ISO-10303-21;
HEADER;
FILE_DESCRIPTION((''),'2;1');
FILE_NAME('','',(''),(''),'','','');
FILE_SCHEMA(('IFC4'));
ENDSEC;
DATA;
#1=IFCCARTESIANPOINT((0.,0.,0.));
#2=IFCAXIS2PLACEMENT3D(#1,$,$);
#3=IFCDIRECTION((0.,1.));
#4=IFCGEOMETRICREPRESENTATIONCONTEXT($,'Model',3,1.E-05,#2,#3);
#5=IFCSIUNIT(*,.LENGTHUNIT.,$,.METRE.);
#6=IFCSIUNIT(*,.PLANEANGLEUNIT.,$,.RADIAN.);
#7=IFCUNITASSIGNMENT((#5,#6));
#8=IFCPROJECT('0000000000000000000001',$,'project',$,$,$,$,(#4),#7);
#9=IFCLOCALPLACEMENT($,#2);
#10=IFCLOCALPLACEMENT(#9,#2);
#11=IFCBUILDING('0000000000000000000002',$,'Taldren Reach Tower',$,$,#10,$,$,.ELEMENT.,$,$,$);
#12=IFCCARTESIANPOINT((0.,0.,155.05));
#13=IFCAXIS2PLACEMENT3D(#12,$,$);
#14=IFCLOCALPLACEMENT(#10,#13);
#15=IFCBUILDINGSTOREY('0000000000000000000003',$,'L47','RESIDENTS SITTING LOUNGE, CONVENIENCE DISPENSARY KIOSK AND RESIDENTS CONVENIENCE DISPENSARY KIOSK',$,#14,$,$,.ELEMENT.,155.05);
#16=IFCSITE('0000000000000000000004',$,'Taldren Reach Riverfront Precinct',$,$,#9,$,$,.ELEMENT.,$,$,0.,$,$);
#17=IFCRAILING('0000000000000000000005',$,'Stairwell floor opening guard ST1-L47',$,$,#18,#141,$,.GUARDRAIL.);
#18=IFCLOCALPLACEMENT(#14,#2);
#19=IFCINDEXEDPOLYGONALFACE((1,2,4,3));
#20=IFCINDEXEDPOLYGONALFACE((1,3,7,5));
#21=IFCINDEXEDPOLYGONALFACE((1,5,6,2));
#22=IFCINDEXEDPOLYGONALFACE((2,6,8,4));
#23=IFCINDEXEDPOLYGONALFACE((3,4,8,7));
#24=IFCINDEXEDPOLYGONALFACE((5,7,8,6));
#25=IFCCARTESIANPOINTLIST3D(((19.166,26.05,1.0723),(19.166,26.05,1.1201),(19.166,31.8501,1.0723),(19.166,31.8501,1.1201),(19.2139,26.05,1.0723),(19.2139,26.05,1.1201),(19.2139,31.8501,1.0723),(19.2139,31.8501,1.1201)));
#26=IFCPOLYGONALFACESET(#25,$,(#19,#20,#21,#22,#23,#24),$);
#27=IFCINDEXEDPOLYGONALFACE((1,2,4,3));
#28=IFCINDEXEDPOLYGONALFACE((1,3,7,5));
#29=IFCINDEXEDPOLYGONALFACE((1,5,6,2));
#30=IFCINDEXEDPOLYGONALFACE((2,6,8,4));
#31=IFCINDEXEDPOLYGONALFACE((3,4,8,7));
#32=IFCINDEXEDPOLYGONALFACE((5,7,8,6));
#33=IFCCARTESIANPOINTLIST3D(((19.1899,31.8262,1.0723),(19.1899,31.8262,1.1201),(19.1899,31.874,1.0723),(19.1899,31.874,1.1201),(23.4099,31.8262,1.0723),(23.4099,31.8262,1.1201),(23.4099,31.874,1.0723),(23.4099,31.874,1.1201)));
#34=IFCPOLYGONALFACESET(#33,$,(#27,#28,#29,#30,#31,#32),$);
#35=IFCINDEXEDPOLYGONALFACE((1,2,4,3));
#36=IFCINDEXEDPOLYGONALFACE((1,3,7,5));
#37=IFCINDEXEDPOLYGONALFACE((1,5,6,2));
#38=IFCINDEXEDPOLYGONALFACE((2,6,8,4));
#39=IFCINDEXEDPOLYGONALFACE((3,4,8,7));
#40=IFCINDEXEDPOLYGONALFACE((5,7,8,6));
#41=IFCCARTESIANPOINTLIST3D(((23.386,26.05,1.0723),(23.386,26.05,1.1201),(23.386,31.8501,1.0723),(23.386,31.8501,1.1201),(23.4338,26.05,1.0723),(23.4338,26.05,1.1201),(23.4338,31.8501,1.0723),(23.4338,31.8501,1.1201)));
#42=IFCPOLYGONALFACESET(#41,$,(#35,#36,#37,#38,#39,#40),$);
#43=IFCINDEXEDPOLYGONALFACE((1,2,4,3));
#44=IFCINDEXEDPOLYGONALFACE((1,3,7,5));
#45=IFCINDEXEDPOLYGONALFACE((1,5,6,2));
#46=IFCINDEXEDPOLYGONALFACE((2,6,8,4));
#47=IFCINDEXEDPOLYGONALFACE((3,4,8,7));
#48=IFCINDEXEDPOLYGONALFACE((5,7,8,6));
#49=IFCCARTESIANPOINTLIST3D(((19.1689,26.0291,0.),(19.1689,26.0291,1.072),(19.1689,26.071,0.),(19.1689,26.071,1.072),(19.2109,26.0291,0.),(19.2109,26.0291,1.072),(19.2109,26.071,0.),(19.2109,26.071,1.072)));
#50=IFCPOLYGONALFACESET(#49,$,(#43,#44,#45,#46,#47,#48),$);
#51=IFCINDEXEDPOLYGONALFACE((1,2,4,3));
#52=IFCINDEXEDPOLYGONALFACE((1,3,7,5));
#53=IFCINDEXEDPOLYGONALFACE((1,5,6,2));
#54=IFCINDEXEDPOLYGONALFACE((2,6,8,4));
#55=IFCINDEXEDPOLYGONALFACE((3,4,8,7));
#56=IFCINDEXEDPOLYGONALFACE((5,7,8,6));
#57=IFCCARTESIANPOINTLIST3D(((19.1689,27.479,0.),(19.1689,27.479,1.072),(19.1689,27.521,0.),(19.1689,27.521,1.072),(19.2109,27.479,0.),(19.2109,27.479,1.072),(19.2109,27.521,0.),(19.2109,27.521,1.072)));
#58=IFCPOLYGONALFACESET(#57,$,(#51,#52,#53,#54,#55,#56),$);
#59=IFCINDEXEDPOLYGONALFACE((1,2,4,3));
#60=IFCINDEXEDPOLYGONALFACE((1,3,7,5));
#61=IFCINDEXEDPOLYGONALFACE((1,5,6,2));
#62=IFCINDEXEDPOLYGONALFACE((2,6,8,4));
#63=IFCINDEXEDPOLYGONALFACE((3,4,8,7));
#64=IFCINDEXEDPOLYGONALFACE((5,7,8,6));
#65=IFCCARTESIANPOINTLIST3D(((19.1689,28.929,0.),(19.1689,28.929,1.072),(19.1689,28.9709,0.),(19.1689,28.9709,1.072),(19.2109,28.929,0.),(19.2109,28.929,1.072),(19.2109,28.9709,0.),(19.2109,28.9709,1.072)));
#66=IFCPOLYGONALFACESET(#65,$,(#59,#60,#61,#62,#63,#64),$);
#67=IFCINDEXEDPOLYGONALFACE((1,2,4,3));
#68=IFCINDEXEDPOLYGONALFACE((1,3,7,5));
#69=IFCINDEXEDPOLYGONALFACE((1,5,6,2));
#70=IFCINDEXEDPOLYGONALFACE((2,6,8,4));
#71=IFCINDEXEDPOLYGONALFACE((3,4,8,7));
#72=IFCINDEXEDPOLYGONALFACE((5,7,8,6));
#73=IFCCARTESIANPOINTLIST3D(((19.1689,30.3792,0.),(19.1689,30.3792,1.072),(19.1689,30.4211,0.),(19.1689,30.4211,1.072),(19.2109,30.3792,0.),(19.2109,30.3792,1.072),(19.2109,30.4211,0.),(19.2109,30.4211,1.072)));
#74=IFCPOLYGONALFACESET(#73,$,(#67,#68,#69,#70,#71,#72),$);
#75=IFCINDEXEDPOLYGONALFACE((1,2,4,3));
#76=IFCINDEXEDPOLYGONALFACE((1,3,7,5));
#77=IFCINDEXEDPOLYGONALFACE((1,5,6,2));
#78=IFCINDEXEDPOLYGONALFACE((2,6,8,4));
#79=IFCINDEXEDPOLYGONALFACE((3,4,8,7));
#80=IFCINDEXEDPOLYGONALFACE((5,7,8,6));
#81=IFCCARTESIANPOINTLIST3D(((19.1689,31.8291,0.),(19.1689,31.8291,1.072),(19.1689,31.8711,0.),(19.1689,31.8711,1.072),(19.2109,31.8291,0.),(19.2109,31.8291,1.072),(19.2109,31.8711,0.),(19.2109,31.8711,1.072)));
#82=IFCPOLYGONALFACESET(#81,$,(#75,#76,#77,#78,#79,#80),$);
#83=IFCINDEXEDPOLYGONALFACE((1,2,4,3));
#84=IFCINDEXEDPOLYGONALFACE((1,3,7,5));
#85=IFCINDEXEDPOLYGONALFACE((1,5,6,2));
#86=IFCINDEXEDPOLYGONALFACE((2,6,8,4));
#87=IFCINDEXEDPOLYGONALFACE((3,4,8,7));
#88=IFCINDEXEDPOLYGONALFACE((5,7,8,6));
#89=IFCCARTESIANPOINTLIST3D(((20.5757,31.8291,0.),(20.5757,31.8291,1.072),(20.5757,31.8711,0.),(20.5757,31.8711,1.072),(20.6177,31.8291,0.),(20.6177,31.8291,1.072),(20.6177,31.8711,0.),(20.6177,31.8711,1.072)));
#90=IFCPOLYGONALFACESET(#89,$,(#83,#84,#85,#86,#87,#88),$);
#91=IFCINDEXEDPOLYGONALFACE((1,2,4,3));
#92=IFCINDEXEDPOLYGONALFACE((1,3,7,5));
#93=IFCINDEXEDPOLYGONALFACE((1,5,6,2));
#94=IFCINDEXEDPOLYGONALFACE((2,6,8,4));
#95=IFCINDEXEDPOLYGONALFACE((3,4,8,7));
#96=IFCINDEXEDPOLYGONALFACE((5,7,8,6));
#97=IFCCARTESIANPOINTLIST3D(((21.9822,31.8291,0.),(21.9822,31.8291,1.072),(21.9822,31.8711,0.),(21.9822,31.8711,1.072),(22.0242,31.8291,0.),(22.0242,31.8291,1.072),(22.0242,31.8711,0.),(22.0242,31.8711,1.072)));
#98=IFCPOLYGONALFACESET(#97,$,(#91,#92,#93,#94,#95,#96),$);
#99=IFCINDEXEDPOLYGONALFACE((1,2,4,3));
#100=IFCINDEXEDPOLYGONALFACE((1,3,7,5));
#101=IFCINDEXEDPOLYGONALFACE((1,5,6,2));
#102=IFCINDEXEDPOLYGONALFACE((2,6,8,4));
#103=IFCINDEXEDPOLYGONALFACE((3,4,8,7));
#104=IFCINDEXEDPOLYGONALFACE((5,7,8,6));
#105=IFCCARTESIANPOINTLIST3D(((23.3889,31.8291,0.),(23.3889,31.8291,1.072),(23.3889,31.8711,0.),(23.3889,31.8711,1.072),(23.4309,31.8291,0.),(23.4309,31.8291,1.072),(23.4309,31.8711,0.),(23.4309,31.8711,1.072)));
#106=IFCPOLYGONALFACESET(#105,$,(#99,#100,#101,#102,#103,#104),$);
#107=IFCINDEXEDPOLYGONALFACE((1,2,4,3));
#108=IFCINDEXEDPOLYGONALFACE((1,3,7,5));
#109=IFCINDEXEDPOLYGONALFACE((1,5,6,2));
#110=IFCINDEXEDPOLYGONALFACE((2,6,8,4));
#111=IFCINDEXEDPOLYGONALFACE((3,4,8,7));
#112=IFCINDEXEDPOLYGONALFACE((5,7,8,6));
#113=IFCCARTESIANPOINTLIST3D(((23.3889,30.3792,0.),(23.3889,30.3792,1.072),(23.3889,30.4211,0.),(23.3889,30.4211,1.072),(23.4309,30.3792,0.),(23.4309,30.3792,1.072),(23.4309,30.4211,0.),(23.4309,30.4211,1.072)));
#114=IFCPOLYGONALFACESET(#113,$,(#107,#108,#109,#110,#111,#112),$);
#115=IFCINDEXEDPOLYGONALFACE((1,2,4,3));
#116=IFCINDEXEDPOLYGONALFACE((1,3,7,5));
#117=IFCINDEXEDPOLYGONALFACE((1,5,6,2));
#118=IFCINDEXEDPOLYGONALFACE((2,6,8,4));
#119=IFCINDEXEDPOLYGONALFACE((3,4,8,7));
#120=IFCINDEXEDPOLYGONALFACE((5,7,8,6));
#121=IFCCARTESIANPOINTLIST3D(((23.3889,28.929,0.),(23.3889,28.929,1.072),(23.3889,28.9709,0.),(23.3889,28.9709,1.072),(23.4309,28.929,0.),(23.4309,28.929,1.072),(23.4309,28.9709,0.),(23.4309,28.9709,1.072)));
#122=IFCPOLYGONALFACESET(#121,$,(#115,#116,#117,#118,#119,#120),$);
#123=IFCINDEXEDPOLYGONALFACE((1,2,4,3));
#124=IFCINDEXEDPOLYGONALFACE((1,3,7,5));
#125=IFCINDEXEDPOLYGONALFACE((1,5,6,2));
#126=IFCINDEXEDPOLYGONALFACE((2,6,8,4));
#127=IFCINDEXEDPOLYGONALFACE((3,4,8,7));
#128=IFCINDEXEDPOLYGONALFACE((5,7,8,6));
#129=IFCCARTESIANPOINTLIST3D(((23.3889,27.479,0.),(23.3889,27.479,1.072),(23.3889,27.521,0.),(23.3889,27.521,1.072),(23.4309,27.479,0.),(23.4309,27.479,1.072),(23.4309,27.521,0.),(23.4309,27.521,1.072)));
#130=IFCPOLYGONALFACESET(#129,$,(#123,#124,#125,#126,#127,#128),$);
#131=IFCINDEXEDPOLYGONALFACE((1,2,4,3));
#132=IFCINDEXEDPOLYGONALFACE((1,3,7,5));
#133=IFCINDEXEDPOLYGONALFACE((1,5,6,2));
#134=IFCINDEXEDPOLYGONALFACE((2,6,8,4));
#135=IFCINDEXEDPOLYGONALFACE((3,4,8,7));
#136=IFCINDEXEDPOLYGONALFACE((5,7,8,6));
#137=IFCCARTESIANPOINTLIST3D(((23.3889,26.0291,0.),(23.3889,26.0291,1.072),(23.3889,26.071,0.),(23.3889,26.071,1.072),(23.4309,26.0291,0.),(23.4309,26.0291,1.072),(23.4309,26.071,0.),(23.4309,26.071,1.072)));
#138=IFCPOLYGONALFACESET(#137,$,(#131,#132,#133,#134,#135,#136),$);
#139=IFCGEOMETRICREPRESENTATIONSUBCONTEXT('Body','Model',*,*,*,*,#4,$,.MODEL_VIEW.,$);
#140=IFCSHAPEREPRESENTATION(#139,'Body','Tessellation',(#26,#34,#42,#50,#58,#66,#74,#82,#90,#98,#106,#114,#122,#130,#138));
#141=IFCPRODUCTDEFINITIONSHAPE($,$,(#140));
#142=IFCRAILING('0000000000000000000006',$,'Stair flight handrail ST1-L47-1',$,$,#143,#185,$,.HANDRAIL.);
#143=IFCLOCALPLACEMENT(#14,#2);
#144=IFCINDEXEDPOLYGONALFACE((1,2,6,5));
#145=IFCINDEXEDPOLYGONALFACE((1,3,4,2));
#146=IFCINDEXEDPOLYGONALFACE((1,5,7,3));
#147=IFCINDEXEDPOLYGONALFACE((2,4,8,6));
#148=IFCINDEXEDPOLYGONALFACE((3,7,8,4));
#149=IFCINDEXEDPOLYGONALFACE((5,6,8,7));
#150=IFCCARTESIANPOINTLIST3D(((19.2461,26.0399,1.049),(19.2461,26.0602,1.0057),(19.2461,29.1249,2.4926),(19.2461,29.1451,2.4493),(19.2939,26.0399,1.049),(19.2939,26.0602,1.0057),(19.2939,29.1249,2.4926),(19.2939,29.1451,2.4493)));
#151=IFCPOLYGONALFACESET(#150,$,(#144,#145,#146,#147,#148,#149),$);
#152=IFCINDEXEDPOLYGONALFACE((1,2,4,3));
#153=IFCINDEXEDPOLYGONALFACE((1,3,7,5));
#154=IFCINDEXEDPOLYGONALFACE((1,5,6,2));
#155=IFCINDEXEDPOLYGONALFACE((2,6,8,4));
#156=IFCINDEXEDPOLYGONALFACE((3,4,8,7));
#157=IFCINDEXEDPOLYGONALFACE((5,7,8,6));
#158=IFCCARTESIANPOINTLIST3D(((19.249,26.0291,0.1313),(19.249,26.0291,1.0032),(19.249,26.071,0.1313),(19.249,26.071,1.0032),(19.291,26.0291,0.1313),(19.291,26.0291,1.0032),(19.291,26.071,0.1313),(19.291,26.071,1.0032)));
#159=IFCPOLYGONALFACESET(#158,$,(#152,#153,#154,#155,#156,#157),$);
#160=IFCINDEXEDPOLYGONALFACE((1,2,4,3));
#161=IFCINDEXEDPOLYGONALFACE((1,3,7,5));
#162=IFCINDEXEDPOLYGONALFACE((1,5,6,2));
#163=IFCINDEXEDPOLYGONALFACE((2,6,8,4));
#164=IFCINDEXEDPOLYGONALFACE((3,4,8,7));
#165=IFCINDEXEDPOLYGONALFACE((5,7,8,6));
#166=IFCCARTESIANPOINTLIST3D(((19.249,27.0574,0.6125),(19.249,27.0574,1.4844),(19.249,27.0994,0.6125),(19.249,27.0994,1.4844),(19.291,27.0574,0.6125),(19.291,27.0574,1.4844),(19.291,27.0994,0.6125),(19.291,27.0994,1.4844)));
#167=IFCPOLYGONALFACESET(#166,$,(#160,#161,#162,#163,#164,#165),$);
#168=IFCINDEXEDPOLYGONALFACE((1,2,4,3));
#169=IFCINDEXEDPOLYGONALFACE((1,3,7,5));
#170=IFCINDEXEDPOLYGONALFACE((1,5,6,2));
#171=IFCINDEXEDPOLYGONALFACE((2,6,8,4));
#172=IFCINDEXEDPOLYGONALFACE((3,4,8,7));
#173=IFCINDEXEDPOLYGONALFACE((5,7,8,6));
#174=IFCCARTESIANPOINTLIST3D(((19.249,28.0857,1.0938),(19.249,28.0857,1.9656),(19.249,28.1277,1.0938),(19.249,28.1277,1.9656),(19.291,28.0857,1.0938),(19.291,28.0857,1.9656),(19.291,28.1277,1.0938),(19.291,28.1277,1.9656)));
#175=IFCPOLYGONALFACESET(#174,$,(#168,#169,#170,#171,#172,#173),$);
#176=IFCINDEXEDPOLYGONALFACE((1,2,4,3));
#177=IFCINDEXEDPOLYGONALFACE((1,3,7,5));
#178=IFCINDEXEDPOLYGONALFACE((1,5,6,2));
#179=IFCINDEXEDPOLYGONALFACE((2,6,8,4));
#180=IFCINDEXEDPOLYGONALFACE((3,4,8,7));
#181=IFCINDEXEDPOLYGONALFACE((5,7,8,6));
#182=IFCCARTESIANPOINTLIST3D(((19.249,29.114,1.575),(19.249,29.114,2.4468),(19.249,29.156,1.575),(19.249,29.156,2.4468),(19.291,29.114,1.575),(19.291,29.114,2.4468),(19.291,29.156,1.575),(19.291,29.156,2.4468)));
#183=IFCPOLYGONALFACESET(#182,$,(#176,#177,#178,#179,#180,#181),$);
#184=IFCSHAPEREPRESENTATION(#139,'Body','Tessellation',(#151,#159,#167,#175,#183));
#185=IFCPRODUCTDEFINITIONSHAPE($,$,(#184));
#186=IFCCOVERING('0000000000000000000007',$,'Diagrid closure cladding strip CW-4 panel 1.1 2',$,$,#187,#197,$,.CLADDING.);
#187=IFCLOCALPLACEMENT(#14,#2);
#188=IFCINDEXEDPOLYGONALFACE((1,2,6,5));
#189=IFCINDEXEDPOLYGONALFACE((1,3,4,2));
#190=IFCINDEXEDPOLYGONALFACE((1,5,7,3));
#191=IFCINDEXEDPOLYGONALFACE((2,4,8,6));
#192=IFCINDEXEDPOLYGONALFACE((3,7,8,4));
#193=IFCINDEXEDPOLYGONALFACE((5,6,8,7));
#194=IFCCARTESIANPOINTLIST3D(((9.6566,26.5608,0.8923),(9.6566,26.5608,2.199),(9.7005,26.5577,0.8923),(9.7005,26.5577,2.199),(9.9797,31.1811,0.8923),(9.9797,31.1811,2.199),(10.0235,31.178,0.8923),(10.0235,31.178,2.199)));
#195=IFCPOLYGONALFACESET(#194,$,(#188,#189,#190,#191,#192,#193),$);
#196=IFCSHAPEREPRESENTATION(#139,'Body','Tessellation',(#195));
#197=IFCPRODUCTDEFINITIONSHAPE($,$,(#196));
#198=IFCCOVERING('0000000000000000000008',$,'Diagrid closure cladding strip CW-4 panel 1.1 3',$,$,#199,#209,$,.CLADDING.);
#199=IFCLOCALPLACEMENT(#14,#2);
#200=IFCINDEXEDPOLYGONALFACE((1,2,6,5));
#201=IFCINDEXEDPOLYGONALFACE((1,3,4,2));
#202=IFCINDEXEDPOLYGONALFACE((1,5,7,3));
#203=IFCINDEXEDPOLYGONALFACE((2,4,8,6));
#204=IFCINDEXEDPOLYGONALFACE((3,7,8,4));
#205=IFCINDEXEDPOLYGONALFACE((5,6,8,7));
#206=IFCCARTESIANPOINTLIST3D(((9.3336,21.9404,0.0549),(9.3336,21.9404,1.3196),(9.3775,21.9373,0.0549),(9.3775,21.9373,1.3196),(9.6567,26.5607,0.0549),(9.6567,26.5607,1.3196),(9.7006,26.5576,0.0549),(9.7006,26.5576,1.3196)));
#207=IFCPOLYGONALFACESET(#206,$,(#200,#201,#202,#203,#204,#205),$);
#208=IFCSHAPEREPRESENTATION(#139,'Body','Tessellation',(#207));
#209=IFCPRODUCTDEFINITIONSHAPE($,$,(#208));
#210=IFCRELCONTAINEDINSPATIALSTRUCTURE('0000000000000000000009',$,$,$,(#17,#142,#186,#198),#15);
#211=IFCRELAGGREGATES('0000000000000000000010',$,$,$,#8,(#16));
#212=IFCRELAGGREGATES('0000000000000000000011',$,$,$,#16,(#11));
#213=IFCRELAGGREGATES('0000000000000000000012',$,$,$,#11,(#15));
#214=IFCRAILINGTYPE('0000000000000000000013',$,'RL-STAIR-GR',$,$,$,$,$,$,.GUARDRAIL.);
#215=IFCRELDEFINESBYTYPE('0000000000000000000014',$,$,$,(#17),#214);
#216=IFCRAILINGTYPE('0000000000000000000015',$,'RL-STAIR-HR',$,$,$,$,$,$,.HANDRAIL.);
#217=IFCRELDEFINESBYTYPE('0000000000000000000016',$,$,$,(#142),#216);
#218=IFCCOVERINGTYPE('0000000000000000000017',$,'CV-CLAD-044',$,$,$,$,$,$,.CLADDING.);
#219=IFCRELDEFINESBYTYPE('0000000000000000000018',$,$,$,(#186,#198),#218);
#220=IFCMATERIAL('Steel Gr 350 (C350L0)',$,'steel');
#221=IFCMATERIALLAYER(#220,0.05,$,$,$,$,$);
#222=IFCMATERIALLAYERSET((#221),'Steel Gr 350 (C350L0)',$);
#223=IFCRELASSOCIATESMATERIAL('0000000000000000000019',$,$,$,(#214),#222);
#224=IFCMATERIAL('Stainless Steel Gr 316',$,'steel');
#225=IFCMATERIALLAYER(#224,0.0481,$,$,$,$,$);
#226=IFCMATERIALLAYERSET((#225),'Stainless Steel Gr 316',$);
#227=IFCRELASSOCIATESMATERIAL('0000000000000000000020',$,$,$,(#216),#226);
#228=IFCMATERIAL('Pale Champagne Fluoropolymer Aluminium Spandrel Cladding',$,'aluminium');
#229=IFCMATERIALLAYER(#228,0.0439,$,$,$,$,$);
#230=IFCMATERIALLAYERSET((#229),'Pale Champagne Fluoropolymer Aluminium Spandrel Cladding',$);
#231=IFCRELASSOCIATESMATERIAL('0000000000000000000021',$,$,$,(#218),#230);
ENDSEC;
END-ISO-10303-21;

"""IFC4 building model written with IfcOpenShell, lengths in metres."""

from ifc_helpers import new_model, si_unit, direction, frame, origin, origin_2d, place, context, subcontext, project, spatial, rectangle, extrude, source, transform, mapped, material, layer, layer_set, type_object, element, save


model = new_model("IFC4")

# Units and contexts
model_context = context("Model", 3, precision=1e-05, world=origin(), true_north=direction((0.0, 1.0)))
body_context = subcontext(model_context, "Body", "Model", "MODEL_VIEW")
ifc_project = project(units=[si_unit("LENGTHUNIT", "METRE"), si_unit("PLANEANGLEUNIT", "RADIAN")], contexts=[model_context])

# Site, building, storey
site_placement = place(None, origin())
site = spatial("IfcSite", under=ifc_project, at=site_placement, Name="Taldren Reach Riverfront Precinct", CompositionType="ELEMENT", RefElevation=0.0)
building_placement = place(site_placement, origin())
building = spatial("IfcBuilding", under=site, at=building_placement, Name="Taldren Reach Tower", CompositionType="ELEMENT")
storey_placement = place(building_placement, frame((0.0, 0.0, 155.05)))
storey = spatial("IfcBuildingStorey", under=building, at=storey_placement, Name="L47", Description="RESIDENTS SITTING LOUNGE, CONVENIENCE DISPENSARY KIOSK AND RESIDENTS CONVENIENCE DISPENSARY KIOSK", CompositionType="ELEMENT", Elevation=155.05)

# Shared definitions
ifc_material_1 = material(Name="Steel Gr 350 (C350L0)", Category="steel")

# Railings
ifc_layer_1 = layer(ifc_material_1, 0.05)
ifc_layer_set_1 = layer_set([ifc_layer_1], Name="Steel Gr 350 (C350L0)")
railing_type_1 = type_object("IfcRailingType", Name="RL-STAIR-GR", PredefinedType="GUARDRAIL", material=ifc_layer_set_1)
railing_1_placement = place(storey_placement, frame((19.1899, 26.05, 0.0)))
element("IfcRailing", 1, at=railing_1_placement, inside=storey, type_object=railing_type_1, Name="Stairwell floor opening guard ST1-L47", PredefinedType="GUARDRAIL", context=body_context, shape_type="SweptSolid", body=[
    extrude(rectangle(XDim=0.0479, YDim=0.0479, at=origin_2d()), frame((0.0, 0.0, 1.0962), z_axis=(0.0, 1.0, 0.0), x_axis=(-1.0, 0.0, 0.0)), (0.0, 0.0, 1.0), 5.8),
    extrude(rectangle(XDim=0.0479, YDim=0.0479, at=origin_2d()), frame((0.0, 5.8, 1.0962), z_axis=(1.0, 0.0, 0.0), x_axis=(0.0, 1.0, 0.0)), (0.0, 0.0, 1.0), 4.22),
    extrude(rectangle(XDim=0.0479, YDim=0.0479, at=origin_2d()), frame((4.22, 5.8, 1.0962), z_axis=(0.0, -1.0, 0.0), x_axis=(1.0, 0.0, 0.0)), (0.0, 0.0, 1.0), 5.8),
    extrude(rectangle(XDim=0.042, YDim=0.042, at=origin_2d()), origin(), (0.0, 0.0, 1.0), 1.072),
    extrude(rectangle(XDim=0.042, YDim=0.042, at=origin_2d()), frame((0.0, 1.45, 0.0)), (0.0, 0.0, 1.0), 1.072),
    extrude(rectangle(XDim=0.042, YDim=0.042, at=origin_2d()), frame((0.0, 2.8999, 0.0)), (0.0, 0.0, 1.0), 1.072),
    extrude(rectangle(XDim=0.042, YDim=0.042, at=origin_2d()), frame((0.0, 4.3501, 0.0)), (0.0, 0.0, 1.0), 1.072),
    extrude(rectangle(XDim=0.042, YDim=0.042, at=origin_2d()), frame((0.0, 5.8, 0.0)), (0.0, 0.0, 1.0), 1.072),
    extrude(rectangle(XDim=0.042, YDim=0.042, at=origin_2d()), frame((1.4067, 5.8, 0.0)), (0.0, 0.0, 1.0), 1.072),
    extrude(rectangle(XDim=0.042, YDim=0.042, at=origin_2d()), frame((2.8132, 5.8, 0.0)), (0.0, 0.0, 1.0), 1.072),
    extrude(rectangle(XDim=0.042, YDim=0.042, at=origin_2d()), frame((4.22, 5.8, 0.0)), (0.0, 0.0, 1.0), 1.072),
    extrude(rectangle(XDim=0.042, YDim=0.042, at=origin_2d()), frame((4.22, 4.3501, 0.0)), (0.0, 0.0, 1.0), 1.072),
    extrude(rectangle(XDim=0.042, YDim=0.042, at=origin_2d()), frame((4.22, 2.8999, 0.0)), (0.0, 0.0, 1.0), 1.072),
    extrude(rectangle(XDim=0.042, YDim=0.042, at=origin_2d()), frame((4.22, 1.45, 0.0)), (0.0, 0.0, 1.0), 1.072),
    extrude(rectangle(XDim=0.042, YDim=0.042, at=origin_2d()), frame((4.22, 0.0, 0.0)), (0.0, 0.0, 1.0), 1.072),
])
ifc_material_2 = material(Name="Stainless Steel Gr 316", Category="steel")
ifc_layer_2 = layer(ifc_material_2, 0.0481)
ifc_layer_set_2 = layer_set([ifc_layer_2], Name="Stainless Steel Gr 316")
railing_type_2 = type_object("IfcRailingType", Name="RL-STAIR-HR", PredefinedType="HANDRAIL", material=ifc_layer_set_2)
railing_2_placement = place(storey_placement, frame((19.27, 26.05, 0.1313)))
element("IfcRailing", 2, at=railing_2_placement, inside=storey, type_object=railing_type_2, Name="Stair flight handrail ST1-L47-1", PredefinedType="HANDRAIL", context=body_context, shape_type="SweptSolid", body=[
    extrude(rectangle(XDim=0.0479, YDim=0.0479, at=origin_2d()), frame((0.0, 0.0, 0.896), z_axis=(0.0, 0.905738, 0.423839), x_axis=(-1.0, 0.0, 0.0)), (0.0, 0.0, 1.0), 3.406),
    extrude(rectangle(XDim=0.042, YDim=0.042, at=origin_2d()), origin(), (0.0, 0.0, 1.0), 0.8718),
    extrude(rectangle(XDim=0.042, YDim=0.042, at=origin_2d()), frame((0.0, 1.0283, 0.4812)), (0.0, 0.0, 1.0), 0.8718),
    extrude(rectangle(XDim=0.042, YDim=0.042, at=origin_2d()), frame((0.0, 2.0566, 0.9624)), (0.0, 0.0, 1.0), 0.8718),
    extrude(rectangle(XDim=0.042, YDim=0.042, at=origin_2d()), frame((0.0, 3.085, 1.4436)), (0.0, 0.0, 1.0), 0.8718),
])

# Coverings
ifc_material_3 = material(Name="Pale Champagne Fluoropolymer Aluminium Spandrel Cladding", Category="aluminium")
ifc_layer_3 = layer(ifc_material_3, 0.0439)
ifc_layer_set_3 = layer_set([ifc_layer_3], Name="Pale Champagne Fluoropolymer Aluminium Spandrel Cladding")
covering_type = type_object("IfcCoveringType", Name="CV-CLAD-044", PredefinedType="CLADDING", material=ifc_layer_set_3)
shared_shape_1 = source(origin(), body_context, "Body", "SweptSolid", [
    extrude(rectangle(XDim=4.6316, YDim=0.0439, at=origin_2d()), origin(), (0.0, 0.0, 1.0), 1.3066),
])
covering_1_placement = place(storey_placement, frame((9.8401, 28.8694, 0.8923), z_axis=(0.0, 0.0, 1.0), x_axis=(-0.069756, -0.997564, 0.0)))
element("IfcCovering", 3, at=covering_1_placement, inside=storey, type_object=covering_type, Name="Diagrid closure cladding strip CW-4 panel 1.1 2", PredefinedType="CLADDING", context=body_context, shape_type="MappedRepresentation", body=[
    mapped(shared_shape_1, transform((0.0, 0.0, 0.0), scale=1.0)),
])
shared_shape_2 = source(origin(), body_context, "Body", "SweptSolid", [
    extrude(rectangle(XDim=4.6316, YDim=0.0439, at=origin_2d()), origin(), (0.0, 0.0, 1.0), 1.2646),
])
covering_2_placement = place(storey_placement, frame((9.5171, 24.249, 0.0549), z_axis=(0.0, 0.0, 1.0), x_axis=(-0.069756, -0.997564, 0.0)))
element("IfcCovering", 4, at=covering_2_placement, inside=storey, type_object=covering_type, Name="Diagrid closure cladding strip CW-4 panel 1.1 3", PredefinedType="CLADDING", context=body_context, shape_type="MappedRepresentation", body=[
    mapped(shared_shape_2, transform((0.0, 0.0, 0.0), scale=1.0)),
])

save(model, "model.ifc")
